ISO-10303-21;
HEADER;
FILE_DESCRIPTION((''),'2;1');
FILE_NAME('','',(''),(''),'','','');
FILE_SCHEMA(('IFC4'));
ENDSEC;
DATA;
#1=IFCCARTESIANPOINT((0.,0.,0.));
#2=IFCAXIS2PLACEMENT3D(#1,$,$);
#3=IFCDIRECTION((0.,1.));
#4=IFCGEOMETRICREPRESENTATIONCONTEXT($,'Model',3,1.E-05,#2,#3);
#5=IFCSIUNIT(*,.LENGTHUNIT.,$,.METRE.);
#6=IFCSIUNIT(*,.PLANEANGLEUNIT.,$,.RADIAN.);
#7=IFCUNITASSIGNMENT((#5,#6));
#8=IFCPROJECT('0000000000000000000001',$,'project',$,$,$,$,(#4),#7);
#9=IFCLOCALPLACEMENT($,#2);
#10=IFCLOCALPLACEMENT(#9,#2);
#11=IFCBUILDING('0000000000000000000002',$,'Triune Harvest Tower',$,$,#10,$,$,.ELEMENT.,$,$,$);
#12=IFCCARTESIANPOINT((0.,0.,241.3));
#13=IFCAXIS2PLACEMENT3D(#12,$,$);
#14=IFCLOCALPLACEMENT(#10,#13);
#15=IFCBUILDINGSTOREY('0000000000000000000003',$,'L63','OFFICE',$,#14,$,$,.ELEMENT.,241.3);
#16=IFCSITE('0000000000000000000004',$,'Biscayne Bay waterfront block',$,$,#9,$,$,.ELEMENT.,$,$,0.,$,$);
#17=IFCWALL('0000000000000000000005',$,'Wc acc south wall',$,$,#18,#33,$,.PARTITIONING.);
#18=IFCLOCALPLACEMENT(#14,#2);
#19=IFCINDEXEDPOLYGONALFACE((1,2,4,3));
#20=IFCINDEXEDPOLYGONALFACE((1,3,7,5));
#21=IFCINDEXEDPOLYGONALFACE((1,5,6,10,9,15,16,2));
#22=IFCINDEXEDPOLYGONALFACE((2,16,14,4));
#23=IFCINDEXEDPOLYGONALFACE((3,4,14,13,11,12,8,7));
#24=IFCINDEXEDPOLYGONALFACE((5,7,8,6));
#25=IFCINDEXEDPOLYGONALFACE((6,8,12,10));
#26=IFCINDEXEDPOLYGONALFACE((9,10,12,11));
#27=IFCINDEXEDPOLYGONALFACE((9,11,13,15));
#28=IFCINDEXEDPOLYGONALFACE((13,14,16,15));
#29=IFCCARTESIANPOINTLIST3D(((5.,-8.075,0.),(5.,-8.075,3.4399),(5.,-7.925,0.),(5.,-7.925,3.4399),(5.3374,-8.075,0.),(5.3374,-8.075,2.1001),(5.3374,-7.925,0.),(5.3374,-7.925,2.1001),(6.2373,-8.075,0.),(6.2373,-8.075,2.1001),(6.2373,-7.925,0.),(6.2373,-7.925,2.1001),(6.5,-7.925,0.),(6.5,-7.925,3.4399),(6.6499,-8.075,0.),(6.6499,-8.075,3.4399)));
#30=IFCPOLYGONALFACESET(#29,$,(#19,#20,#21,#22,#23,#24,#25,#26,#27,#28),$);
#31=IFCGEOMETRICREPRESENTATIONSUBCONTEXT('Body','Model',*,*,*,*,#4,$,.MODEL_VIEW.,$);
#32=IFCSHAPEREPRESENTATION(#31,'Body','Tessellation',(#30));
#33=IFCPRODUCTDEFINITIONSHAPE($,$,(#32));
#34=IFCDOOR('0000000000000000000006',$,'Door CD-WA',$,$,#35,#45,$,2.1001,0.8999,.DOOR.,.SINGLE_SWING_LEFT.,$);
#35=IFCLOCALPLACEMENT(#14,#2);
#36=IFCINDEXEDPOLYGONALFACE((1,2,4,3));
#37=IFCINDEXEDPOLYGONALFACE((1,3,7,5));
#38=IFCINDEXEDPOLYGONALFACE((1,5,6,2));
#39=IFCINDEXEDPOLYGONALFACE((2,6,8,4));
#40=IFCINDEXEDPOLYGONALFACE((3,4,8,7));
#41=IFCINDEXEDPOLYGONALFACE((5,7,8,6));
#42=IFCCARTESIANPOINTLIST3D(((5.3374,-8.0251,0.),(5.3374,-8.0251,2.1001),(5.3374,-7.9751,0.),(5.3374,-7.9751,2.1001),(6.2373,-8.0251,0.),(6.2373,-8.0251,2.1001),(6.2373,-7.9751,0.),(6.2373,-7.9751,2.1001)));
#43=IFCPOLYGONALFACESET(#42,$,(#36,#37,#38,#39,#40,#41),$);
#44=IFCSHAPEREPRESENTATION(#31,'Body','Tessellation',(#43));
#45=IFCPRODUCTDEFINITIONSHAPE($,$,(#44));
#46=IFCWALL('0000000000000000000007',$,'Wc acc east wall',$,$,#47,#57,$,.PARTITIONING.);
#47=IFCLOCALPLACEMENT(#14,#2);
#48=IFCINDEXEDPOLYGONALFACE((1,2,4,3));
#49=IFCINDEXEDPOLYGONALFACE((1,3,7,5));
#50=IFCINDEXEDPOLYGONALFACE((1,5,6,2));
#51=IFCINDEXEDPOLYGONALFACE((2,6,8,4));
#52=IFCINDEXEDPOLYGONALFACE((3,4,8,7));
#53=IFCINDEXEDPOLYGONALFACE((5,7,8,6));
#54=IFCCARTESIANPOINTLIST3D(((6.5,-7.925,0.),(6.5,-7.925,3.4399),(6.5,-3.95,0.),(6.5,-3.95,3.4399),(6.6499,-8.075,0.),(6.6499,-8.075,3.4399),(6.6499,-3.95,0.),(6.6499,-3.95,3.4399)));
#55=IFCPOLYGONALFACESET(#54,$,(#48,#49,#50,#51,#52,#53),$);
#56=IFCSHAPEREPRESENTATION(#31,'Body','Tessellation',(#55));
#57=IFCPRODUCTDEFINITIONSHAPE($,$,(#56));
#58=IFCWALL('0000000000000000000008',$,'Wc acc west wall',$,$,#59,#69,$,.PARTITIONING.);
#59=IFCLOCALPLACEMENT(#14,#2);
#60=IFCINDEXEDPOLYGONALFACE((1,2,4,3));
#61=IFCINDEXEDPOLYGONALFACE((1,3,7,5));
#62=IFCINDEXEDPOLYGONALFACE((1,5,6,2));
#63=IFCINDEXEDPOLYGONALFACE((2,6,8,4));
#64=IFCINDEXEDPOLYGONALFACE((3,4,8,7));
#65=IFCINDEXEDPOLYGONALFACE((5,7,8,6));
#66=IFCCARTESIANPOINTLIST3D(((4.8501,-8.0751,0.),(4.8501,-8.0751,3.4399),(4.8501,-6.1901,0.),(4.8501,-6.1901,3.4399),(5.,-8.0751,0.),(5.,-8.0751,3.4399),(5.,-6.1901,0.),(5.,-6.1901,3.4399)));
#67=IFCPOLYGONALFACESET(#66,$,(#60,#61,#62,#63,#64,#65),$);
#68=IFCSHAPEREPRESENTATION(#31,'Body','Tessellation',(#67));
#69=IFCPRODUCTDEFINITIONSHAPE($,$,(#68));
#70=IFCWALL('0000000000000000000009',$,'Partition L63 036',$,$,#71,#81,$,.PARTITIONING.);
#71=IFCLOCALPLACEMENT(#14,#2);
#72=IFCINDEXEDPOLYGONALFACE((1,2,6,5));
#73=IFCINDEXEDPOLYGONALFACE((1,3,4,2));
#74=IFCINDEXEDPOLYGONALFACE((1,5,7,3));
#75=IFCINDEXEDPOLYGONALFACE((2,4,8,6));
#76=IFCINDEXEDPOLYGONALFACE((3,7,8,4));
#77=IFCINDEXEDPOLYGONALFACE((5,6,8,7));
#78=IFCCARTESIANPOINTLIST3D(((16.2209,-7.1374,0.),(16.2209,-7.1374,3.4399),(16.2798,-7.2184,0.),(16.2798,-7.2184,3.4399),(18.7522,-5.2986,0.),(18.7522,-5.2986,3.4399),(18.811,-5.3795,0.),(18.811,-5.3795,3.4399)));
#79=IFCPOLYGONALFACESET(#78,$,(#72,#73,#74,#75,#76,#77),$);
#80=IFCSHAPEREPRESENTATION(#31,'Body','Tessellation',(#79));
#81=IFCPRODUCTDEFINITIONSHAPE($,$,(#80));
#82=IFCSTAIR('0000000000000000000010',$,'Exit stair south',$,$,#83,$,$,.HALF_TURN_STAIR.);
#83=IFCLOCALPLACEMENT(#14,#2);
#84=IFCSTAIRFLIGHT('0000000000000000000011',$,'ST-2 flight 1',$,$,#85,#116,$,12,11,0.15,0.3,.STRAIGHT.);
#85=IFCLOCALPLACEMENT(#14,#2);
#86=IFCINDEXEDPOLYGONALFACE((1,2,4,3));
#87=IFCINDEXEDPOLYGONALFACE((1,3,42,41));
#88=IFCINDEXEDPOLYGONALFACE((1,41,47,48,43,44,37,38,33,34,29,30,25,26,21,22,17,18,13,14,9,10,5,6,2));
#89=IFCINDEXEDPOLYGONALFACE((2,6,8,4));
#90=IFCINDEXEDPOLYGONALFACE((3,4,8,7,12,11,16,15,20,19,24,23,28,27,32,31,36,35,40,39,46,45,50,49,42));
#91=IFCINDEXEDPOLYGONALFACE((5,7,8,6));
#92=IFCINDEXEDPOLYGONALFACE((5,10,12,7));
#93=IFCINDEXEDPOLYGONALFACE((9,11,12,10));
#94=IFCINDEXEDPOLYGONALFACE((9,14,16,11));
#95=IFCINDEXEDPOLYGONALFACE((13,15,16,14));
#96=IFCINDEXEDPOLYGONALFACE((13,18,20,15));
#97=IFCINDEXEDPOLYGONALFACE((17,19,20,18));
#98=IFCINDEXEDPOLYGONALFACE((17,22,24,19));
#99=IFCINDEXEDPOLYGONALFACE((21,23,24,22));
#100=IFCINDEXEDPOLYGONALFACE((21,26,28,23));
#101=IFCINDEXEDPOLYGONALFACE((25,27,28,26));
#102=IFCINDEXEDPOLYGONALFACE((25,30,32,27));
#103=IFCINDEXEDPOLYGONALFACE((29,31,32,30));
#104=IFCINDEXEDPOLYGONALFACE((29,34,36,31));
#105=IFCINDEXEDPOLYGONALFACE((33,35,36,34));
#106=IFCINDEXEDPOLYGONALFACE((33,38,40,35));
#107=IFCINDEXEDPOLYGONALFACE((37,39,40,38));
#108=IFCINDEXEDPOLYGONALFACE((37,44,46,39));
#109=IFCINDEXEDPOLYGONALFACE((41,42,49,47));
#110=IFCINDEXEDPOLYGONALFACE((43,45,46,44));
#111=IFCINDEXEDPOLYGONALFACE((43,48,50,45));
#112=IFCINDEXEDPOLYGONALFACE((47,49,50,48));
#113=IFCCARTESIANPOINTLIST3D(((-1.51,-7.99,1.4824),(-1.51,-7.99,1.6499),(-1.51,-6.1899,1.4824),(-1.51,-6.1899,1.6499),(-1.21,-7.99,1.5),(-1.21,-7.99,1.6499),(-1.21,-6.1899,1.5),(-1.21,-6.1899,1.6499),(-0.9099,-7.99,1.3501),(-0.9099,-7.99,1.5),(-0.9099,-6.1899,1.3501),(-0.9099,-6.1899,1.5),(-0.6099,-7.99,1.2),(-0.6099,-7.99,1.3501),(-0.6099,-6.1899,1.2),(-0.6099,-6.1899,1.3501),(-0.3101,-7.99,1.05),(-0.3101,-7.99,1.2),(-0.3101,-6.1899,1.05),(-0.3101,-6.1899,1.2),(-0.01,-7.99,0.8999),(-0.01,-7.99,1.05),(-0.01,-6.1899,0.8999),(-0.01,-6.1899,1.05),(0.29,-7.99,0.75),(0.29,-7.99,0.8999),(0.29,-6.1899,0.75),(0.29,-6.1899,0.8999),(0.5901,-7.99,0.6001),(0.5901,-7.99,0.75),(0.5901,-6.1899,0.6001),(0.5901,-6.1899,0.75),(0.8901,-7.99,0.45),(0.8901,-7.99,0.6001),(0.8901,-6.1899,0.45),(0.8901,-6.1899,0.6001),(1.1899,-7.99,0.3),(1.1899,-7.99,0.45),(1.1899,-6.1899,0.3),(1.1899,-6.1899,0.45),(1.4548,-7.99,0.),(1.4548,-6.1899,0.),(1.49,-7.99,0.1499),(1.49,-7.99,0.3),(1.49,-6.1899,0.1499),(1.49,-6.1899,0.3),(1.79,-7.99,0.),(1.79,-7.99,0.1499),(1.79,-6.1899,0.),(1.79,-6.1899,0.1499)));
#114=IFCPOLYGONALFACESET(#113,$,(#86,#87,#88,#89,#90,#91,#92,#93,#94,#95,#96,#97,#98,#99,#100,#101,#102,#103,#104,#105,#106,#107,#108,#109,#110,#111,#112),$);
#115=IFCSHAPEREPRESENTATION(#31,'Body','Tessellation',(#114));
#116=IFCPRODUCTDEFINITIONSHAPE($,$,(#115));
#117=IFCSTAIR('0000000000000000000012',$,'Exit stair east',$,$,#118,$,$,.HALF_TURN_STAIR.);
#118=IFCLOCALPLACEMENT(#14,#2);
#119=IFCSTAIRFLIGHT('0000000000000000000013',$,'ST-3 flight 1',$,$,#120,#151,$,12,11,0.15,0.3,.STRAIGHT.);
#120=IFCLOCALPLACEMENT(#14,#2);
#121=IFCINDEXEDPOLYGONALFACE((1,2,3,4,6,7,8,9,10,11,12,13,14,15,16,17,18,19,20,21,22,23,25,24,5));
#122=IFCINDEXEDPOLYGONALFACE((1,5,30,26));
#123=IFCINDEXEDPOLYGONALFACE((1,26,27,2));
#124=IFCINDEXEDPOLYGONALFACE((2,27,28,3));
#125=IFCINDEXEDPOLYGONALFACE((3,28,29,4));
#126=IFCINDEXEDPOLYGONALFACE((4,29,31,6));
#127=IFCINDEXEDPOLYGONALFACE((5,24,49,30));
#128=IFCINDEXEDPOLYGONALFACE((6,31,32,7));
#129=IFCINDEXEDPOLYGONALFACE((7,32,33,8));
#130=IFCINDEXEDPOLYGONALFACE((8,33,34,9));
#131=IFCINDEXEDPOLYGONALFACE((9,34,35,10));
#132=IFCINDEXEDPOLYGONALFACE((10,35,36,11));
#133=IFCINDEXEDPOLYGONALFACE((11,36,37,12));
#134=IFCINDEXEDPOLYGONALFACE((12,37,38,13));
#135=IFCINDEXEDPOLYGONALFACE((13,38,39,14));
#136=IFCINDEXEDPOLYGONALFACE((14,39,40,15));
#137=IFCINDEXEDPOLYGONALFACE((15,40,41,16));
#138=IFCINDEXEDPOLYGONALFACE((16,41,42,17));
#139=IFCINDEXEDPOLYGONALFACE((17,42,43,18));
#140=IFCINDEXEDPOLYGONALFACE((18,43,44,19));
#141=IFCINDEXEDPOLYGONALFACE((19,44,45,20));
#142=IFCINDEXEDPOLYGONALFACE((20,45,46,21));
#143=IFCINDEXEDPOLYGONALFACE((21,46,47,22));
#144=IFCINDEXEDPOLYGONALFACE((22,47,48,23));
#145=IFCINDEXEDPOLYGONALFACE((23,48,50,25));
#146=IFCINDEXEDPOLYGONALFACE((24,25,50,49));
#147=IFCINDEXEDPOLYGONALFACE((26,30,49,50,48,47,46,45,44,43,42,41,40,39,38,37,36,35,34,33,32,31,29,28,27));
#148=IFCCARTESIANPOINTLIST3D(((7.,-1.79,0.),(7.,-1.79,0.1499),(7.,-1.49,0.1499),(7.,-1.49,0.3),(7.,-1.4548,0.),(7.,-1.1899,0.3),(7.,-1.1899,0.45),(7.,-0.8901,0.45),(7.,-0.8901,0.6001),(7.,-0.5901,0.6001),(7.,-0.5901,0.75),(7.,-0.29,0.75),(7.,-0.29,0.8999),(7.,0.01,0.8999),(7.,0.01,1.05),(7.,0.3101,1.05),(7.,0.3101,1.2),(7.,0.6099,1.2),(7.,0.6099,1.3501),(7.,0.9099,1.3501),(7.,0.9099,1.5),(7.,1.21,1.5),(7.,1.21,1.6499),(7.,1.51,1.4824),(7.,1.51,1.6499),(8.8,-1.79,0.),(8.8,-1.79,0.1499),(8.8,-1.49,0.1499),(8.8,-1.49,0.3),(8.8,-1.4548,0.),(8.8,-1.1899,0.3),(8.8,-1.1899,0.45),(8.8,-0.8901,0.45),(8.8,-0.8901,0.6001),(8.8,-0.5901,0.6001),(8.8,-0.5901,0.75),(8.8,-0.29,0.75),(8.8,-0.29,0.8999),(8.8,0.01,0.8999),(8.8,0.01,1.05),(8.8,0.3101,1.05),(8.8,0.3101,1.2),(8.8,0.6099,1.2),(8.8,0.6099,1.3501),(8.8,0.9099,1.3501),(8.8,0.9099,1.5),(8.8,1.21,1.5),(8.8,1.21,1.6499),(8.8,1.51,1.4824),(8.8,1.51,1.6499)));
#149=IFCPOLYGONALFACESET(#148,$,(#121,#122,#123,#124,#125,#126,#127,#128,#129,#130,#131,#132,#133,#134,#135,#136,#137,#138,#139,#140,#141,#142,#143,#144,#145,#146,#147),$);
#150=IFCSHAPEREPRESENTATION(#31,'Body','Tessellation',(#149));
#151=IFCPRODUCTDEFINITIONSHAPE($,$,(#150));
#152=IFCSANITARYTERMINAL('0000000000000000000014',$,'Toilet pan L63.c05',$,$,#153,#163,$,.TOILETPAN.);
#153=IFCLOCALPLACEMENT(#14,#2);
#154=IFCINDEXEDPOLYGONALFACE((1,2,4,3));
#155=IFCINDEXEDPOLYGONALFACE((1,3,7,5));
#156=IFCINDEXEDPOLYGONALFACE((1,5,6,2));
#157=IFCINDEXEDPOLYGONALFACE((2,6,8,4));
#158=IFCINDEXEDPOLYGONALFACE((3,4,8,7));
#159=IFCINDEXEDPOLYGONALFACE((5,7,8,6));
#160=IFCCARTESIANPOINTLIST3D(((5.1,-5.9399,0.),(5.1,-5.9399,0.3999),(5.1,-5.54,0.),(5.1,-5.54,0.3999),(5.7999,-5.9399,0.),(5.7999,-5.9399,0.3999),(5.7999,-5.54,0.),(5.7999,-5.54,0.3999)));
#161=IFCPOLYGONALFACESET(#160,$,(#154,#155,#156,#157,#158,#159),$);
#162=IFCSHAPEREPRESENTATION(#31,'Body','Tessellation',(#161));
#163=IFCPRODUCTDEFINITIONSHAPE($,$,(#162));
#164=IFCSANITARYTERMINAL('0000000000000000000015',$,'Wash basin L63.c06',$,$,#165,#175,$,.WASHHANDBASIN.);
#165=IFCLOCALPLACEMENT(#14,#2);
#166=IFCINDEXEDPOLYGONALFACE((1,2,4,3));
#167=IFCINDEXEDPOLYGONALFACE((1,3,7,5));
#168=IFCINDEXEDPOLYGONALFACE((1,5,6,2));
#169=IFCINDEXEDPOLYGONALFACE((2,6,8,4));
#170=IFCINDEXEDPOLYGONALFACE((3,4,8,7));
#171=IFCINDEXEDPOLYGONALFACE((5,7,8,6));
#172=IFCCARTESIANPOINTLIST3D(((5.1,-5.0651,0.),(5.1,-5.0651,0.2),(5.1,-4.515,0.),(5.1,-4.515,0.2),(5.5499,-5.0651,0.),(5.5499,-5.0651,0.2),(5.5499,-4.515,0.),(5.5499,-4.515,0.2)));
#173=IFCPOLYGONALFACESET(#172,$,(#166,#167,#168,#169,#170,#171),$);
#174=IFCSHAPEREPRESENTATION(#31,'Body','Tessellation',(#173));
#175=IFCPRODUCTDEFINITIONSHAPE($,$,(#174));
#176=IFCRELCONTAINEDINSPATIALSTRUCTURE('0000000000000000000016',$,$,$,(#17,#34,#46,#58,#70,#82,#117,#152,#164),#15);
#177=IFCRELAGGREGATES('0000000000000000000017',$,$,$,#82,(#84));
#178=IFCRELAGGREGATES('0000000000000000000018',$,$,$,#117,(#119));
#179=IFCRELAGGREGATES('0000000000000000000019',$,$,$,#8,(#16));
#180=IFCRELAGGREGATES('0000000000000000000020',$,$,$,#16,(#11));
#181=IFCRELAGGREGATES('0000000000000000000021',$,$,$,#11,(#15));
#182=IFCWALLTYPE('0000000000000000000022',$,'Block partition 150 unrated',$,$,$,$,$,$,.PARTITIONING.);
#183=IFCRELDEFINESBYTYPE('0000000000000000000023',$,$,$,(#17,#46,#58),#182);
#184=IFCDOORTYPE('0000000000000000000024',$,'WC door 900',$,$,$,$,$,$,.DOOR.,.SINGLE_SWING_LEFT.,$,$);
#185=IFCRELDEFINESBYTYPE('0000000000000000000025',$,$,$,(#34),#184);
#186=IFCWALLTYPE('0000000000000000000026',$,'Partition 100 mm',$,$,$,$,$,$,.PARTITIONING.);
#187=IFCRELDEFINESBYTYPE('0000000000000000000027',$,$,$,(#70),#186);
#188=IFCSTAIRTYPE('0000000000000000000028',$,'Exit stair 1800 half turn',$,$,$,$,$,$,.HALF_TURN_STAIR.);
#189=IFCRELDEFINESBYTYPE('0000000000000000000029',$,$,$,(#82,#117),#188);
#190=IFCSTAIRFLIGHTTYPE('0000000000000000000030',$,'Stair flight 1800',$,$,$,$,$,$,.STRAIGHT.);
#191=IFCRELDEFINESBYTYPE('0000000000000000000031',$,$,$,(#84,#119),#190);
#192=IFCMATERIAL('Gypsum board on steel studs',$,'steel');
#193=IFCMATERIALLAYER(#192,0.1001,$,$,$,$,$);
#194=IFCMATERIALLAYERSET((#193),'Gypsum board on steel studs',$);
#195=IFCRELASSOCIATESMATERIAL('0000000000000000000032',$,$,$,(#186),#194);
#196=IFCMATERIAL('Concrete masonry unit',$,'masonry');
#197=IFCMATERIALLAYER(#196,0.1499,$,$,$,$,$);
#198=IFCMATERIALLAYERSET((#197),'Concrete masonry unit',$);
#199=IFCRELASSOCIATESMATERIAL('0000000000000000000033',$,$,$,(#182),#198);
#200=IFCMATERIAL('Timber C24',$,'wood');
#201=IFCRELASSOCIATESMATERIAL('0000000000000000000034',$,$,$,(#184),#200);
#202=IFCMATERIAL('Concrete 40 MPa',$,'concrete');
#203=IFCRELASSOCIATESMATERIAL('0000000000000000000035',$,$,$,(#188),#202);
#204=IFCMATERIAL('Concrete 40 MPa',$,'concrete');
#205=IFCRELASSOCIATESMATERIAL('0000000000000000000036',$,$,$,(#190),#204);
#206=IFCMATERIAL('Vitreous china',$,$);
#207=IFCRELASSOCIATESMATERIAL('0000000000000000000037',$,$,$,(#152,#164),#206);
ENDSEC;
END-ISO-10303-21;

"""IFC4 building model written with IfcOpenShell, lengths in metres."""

from ifc_helpers import new_model, si_unit, direction, frame, frame_2d, origin, origin_2d, place, context, subcontext, project, spatial, polyline, rectangle, outline, extrude, source, transform, mapped, material, layer, layer_set, type_object, element, fill, aggregate, save


model = new_model("IFC4")

# Units and contexts
model_context = context("Model", 3, precision=1e-05, world=origin(), true_north=direction((0.0, 1.0)))
body_context = subcontext(model_context, "Body", "Model", "MODEL_VIEW")
ifc_project = project(units=[si_unit("LENGTHUNIT", "METRE"), si_unit("PLANEANGLEUNIT", "RADIAN")], contexts=[model_context])

# Site, building, storey
site_placement = place(None, origin())
site = spatial("IfcSite", under=ifc_project, at=site_placement, Name="Biscayne Bay waterfront block", CompositionType="ELEMENT", RefElevation=0.0)
building_placement = place(site_placement, origin())
building = spatial("IfcBuilding", under=site, at=building_placement, Name="Triune Harvest Tower", CompositionType="ELEMENT")
storey_placement = place(building_placement, frame((0.0, 0.0, 241.3)))
storey = spatial("IfcBuildingStorey", under=building, at=storey_placement, Name="L63", Description="OFFICE", CompositionType="ELEMENT", Elevation=241.3)

# Shared definitions
ifc_material_1 = material(Name="Gypsum board on steel studs", Category="steel")
ifc_layer_1 = layer(ifc_material_1, 0.1001)
ifc_layer_set_1 = layer_set([ifc_layer_1], Name="Gypsum board on steel studs")
wall_type_1 = type_object("IfcWallType", Name="Partition 100 mm", PredefinedType="PARTITIONING", material=ifc_layer_set_1)

# Wall, opening, door
ifc_material_2 = material(Name="Concrete masonry unit", Category="masonry")
ifc_layer_2 = layer(ifc_material_2, 0.1499)
ifc_layer_set_2 = layer_set([ifc_layer_2], Name="Concrete masonry unit")
wall_type_2 = type_object("IfcWallType", Name="Block partition 150 unrated", PredefinedType="PARTITIONING", material=ifc_layer_set_2)
shared_shape_1 = source(origin(), body_context, "Body", "SweptSolid", [
    extrude(outline(polyline([(0.0, -0.075), (1.6499, -0.075), (1.5, 0.075), (0.0, 0.075), (0.0, -0.075)])), origin(), (0.0, 0.0, 1.0), 3.4399),
])
wall_1_placement = place(storey_placement, frame((5.0, -8.0, 0.0), z_axis=(0.0, 0.0, 1.0), x_axis=(1.0, 0.0, 0.0)))
wall_1 = element("IfcWall", 1, at=wall_1_placement, inside=storey, type_object=wall_type_2, Name="Wc acc south wall", PredefinedType="PARTITIONING", context=body_context, shape_type="MappedRepresentation", body=[
    mapped(shared_shape_1, transform((0.0, 0.0, 0.0), scale=1.0)),
])
opening_1_placement = place(wall_1_placement, frame((0.3374, 0.0, 0.0)))
opening_1 = element("IfcOpeningElement", 2, at=opening_1_placement, cuts=wall_1, PredefinedType="OPENING", context=body_context, shape_type="SweptSolid", body=[
    extrude(rectangle(XDim=0.8999, YDim=2.1001, at=frame_2d((0.45, 1.05))), frame((0.0, 0.085, 0.0), z_axis=(0.0, -1.0, 0.0), x_axis=(1.0, 0.0, 0.0)), (0.0, 0.0, 1.0), 0.1699),
])
ifc_material_3 = material(Name="Timber C24", Category="wood")
door_type_1 = type_object("IfcDoorType", Name="WC door 900", OperationType="SINGLE_SWING_LEFT", PredefinedType="DOOR", material=ifc_material_3)
door_1_placement = place(opening_1_placement, origin())
door_1 = element("IfcDoor", 3, at=door_1_placement, inside=storey, type_object=door_type_1, Name="Door CD-WA", OperationType="SINGLE_SWING_LEFT", OverallHeight=2.1001, OverallWidth=0.8999, PredefinedType="DOOR", context=body_context, shape_type="SweptSolid", body=[
    extrude(rectangle(XDim=0.8999, YDim=2.1001, at=frame_2d((0.45, 1.05))), frame((0.0, 0.0249, 0.0), z_axis=(0.0, -1.0, 0.0), x_axis=(1.0, 0.0, 0.0)), (0.0, 0.0, 1.0), 0.05),
])
fill(opening_1, door_1)

# Walls
shared_shape_2 = source(origin(), body_context, "Body", "SweptSolid", [
    extrude(outline(polyline([(-0.075, -0.075), (4.05, -0.075), (4.05, 0.075), (0.075, 0.075), (-0.075, -0.075)])), origin(), (0.0, 0.0, 1.0), 3.4399),
])
wall_2_placement = place(storey_placement, frame((6.575, -8.0, 0.0), z_axis=(0.0, 0.0, 1.0), x_axis=(0.0, 1.0, 0.0)))
element("IfcWall", 4, at=wall_2_placement, inside=storey, type_object=wall_type_2, Name="Wc acc east wall", PredefinedType="PARTITIONING", context=body_context, shape_type="MappedRepresentation", body=[
    mapped(shared_shape_2, transform((0.0, 0.0, 0.0), scale=1.0)),
])
shared_shape_3 = source(origin(), body_context, "Body", "SweptSolid", [
    extrude(rectangle(XDim=1.885, YDim=0.1499, at=frame_2d((0.9424, 0.0))), origin(), (0.0, 0.0, 1.0), 3.4399),
])
wall_3_placement = place(storey_placement, frame((4.925, -8.075, 0.0), z_axis=(0.0, 0.0, 1.0), x_axis=(0.0, 1.0, 0.0)))
element("IfcWall", 5, at=wall_3_placement, inside=storey, type_object=wall_type_2, Name="Wc acc west wall", PredefinedType="PARTITIONING", context=body_context, shape_type="MappedRepresentation", body=[
    mapped(shared_shape_3, transform((0.0, 0.0, 0.0), scale=1.0)),
])
shared_shape_4 = source(origin(), body_context, "Body", "SweptSolid", [
    extrude(rectangle(XDim=3.1287, YDim=0.1001, at=frame_2d((1.5645, 0.0))), origin(), (0.0, 0.0, 1.0), 3.4399),
])
wall_4_placement = place(storey_placement, frame((16.2502, -7.178, 0.0), z_axis=(0.0, 0.0, 1.0), x_axis=(0.809046, 0.587745, 0.0)))
element("IfcWall", 6, at=wall_4_placement, inside=storey, type_object=wall_type_1, Name="Partition L63 036", PredefinedType="PARTITIONING", context=body_context, shape_type="MappedRepresentation", body=[
    mapped(shared_shape_4, transform((0.0, 0.0, 0.0), scale=1.0)),
])

# Stairs, stair flights
ifc_material_4 = material(Name="Concrete 40 MPa", Category="concrete")
stair_type = type_object("IfcStairType", Name="Exit stair 1800 half turn", PredefinedType="HALF_TURN_STAIR", material=ifc_material_4)
stair_1_placement = place(storey_placement, origin())
stair_1 = element("IfcStair", 7, at=stair_1_placement, inside=storey, type_object=stair_type, Name="Exit stair south", PredefinedType="HALF_TURN_STAIR")
ifc_material_5 = material(Name="Concrete 40 MPa", Category="concrete")
stair_flight_type = type_object("IfcStairFlightType", Name="Stair flight 1800", PredefinedType="STRAIGHT", material=ifc_material_5)
shared_shape_5 = source(origin(), body_context, "Body", "SweptSolid", [
    extrude(outline(polyline([(0.0, 0.0), (0.0, 0.1499), (0.3, 0.1499), (0.3, 0.3), (0.6001, 0.3), (0.6001, 0.45), (0.8999, 0.45), (0.8999, 0.6001), (1.2, 0.6001), (1.2, 0.75), (1.5, 0.75), (1.5, 0.8999), (1.8, 0.8999), (1.8, 1.05), (2.1001, 1.05), (2.1001, 1.2), (2.3999, 1.2), (2.3999, 1.3501), (2.7, 1.3501), (2.7, 1.5), (3.0, 1.5), (3.0, 1.6499), (3.3, 1.6499), (3.3, 1.8), (3.3, 1.4824), (0.3352, 0.0), (0.0, 0.0)])), frame((0.0, 0.8999, 0.0), z_axis=(0.0, -1.0, 0.0), x_axis=(1.0, 0.0, 0.0)), (0.0, 0.0, 1.0), 1.8),
])
stair_flight_1_placement = place(storey_placement, frame((1.79, -7.0901, 0.0), z_axis=(0.0, 0.0, 1.0), x_axis=(-1.0, 0.0, 0.0)))
stair_flight_1 = element("IfcStairFlight", 8, at=stair_flight_1_placement, type_object=stair_flight_type, Name="ST-2 flight 1", NumberOfRisers=12, NumberOfTreads=11, PredefinedType="STRAIGHT", RiserHeight=0.15, TreadLength=0.3, context=body_context, shape_type="MappedRepresentation", body=[
    mapped(shared_shape_5, transform((0.0, 0.0, 0.0), scale=1.0)),
])
aggregate(stair_1, [stair_flight_1])
stair_2_placement = place(storey_placement, origin())
stair_2 = element("IfcStair", 9, at=stair_2_placement, inside=storey, type_object=stair_type, Name="Exit stair east", PredefinedType="HALF_TURN_STAIR")
stair_flight_2_placement = place(storey_placement, frame((7.8999, -1.79, 0.0), z_axis=(0.0, 0.0, 1.0), x_axis=(0.0, 1.0, 0.0)))
stair_flight_2 = element("IfcStairFlight", 10, at=stair_flight_2_placement, type_object=stair_flight_type, Name="ST-3 flight 1", NumberOfRisers=12, NumberOfTreads=11, PredefinedType="STRAIGHT", RiserHeight=0.15, TreadLength=0.3, context=body_context, shape_type="MappedRepresentation", body=[
    mapped(shared_shape_5, transform((0.0, 0.0, 0.0), scale=1.0)),
])
aggregate(stair_2, [stair_flight_2])

# Sanitary terminals
ifc_material_6 = material(Name="Vitreous china")
shared_shape_6 = source(origin(), body_context, "Body", "SweptSolid", [
    extrude(rectangle(XDim=0.3999, YDim=0.7, at=origin_2d()), origin(), (0.0, 0.0, 1.0), 0.3999),
])
sanitary_terminal_1_placement = place(storey_placement, frame((5.45, -5.74, 0.0), z_axis=(0.0, 0.0, 1.0), x_axis=(0.0, 1.0, 0.0)))
element("IfcSanitaryTerminal", 11, at=sanitary_terminal_1_placement, inside=storey, material=ifc_material_6, Name="Toilet pan L63.c05", PredefinedType="TOILETPAN", context=body_context, shape_type="MappedRepresentation", body=[
    mapped(shared_shape_6, transform((0.0, 0.0, 0.0), scale=1.0)),
])
shared_shape_7 = source(origin(), body_context, "Body", "SweptSolid", [
    extrude(rectangle(XDim=0.55, YDim=0.45, at=origin_2d()), origin(), (0.0, 0.0, 1.0), 0.2),
])
sanitary_terminal_2_placement = place(storey_placement, frame((5.325, -4.79, 0.0), z_axis=(0.0, 0.0, 1.0), x_axis=(0.0, 1.0, 0.0)))
element("IfcSanitaryTerminal", 12, at=sanitary_terminal_2_placement, inside=storey, material=ifc_material_6, Name="Wash basin L63.c06", PredefinedType="WASHHANDBASIN", context=body_context, shape_type="MappedRepresentation", body=[
    mapped(shared_shape_7, transform((0.0, 0.0, 0.0), scale=1.0)),
])

save(model, "model.ifc")
